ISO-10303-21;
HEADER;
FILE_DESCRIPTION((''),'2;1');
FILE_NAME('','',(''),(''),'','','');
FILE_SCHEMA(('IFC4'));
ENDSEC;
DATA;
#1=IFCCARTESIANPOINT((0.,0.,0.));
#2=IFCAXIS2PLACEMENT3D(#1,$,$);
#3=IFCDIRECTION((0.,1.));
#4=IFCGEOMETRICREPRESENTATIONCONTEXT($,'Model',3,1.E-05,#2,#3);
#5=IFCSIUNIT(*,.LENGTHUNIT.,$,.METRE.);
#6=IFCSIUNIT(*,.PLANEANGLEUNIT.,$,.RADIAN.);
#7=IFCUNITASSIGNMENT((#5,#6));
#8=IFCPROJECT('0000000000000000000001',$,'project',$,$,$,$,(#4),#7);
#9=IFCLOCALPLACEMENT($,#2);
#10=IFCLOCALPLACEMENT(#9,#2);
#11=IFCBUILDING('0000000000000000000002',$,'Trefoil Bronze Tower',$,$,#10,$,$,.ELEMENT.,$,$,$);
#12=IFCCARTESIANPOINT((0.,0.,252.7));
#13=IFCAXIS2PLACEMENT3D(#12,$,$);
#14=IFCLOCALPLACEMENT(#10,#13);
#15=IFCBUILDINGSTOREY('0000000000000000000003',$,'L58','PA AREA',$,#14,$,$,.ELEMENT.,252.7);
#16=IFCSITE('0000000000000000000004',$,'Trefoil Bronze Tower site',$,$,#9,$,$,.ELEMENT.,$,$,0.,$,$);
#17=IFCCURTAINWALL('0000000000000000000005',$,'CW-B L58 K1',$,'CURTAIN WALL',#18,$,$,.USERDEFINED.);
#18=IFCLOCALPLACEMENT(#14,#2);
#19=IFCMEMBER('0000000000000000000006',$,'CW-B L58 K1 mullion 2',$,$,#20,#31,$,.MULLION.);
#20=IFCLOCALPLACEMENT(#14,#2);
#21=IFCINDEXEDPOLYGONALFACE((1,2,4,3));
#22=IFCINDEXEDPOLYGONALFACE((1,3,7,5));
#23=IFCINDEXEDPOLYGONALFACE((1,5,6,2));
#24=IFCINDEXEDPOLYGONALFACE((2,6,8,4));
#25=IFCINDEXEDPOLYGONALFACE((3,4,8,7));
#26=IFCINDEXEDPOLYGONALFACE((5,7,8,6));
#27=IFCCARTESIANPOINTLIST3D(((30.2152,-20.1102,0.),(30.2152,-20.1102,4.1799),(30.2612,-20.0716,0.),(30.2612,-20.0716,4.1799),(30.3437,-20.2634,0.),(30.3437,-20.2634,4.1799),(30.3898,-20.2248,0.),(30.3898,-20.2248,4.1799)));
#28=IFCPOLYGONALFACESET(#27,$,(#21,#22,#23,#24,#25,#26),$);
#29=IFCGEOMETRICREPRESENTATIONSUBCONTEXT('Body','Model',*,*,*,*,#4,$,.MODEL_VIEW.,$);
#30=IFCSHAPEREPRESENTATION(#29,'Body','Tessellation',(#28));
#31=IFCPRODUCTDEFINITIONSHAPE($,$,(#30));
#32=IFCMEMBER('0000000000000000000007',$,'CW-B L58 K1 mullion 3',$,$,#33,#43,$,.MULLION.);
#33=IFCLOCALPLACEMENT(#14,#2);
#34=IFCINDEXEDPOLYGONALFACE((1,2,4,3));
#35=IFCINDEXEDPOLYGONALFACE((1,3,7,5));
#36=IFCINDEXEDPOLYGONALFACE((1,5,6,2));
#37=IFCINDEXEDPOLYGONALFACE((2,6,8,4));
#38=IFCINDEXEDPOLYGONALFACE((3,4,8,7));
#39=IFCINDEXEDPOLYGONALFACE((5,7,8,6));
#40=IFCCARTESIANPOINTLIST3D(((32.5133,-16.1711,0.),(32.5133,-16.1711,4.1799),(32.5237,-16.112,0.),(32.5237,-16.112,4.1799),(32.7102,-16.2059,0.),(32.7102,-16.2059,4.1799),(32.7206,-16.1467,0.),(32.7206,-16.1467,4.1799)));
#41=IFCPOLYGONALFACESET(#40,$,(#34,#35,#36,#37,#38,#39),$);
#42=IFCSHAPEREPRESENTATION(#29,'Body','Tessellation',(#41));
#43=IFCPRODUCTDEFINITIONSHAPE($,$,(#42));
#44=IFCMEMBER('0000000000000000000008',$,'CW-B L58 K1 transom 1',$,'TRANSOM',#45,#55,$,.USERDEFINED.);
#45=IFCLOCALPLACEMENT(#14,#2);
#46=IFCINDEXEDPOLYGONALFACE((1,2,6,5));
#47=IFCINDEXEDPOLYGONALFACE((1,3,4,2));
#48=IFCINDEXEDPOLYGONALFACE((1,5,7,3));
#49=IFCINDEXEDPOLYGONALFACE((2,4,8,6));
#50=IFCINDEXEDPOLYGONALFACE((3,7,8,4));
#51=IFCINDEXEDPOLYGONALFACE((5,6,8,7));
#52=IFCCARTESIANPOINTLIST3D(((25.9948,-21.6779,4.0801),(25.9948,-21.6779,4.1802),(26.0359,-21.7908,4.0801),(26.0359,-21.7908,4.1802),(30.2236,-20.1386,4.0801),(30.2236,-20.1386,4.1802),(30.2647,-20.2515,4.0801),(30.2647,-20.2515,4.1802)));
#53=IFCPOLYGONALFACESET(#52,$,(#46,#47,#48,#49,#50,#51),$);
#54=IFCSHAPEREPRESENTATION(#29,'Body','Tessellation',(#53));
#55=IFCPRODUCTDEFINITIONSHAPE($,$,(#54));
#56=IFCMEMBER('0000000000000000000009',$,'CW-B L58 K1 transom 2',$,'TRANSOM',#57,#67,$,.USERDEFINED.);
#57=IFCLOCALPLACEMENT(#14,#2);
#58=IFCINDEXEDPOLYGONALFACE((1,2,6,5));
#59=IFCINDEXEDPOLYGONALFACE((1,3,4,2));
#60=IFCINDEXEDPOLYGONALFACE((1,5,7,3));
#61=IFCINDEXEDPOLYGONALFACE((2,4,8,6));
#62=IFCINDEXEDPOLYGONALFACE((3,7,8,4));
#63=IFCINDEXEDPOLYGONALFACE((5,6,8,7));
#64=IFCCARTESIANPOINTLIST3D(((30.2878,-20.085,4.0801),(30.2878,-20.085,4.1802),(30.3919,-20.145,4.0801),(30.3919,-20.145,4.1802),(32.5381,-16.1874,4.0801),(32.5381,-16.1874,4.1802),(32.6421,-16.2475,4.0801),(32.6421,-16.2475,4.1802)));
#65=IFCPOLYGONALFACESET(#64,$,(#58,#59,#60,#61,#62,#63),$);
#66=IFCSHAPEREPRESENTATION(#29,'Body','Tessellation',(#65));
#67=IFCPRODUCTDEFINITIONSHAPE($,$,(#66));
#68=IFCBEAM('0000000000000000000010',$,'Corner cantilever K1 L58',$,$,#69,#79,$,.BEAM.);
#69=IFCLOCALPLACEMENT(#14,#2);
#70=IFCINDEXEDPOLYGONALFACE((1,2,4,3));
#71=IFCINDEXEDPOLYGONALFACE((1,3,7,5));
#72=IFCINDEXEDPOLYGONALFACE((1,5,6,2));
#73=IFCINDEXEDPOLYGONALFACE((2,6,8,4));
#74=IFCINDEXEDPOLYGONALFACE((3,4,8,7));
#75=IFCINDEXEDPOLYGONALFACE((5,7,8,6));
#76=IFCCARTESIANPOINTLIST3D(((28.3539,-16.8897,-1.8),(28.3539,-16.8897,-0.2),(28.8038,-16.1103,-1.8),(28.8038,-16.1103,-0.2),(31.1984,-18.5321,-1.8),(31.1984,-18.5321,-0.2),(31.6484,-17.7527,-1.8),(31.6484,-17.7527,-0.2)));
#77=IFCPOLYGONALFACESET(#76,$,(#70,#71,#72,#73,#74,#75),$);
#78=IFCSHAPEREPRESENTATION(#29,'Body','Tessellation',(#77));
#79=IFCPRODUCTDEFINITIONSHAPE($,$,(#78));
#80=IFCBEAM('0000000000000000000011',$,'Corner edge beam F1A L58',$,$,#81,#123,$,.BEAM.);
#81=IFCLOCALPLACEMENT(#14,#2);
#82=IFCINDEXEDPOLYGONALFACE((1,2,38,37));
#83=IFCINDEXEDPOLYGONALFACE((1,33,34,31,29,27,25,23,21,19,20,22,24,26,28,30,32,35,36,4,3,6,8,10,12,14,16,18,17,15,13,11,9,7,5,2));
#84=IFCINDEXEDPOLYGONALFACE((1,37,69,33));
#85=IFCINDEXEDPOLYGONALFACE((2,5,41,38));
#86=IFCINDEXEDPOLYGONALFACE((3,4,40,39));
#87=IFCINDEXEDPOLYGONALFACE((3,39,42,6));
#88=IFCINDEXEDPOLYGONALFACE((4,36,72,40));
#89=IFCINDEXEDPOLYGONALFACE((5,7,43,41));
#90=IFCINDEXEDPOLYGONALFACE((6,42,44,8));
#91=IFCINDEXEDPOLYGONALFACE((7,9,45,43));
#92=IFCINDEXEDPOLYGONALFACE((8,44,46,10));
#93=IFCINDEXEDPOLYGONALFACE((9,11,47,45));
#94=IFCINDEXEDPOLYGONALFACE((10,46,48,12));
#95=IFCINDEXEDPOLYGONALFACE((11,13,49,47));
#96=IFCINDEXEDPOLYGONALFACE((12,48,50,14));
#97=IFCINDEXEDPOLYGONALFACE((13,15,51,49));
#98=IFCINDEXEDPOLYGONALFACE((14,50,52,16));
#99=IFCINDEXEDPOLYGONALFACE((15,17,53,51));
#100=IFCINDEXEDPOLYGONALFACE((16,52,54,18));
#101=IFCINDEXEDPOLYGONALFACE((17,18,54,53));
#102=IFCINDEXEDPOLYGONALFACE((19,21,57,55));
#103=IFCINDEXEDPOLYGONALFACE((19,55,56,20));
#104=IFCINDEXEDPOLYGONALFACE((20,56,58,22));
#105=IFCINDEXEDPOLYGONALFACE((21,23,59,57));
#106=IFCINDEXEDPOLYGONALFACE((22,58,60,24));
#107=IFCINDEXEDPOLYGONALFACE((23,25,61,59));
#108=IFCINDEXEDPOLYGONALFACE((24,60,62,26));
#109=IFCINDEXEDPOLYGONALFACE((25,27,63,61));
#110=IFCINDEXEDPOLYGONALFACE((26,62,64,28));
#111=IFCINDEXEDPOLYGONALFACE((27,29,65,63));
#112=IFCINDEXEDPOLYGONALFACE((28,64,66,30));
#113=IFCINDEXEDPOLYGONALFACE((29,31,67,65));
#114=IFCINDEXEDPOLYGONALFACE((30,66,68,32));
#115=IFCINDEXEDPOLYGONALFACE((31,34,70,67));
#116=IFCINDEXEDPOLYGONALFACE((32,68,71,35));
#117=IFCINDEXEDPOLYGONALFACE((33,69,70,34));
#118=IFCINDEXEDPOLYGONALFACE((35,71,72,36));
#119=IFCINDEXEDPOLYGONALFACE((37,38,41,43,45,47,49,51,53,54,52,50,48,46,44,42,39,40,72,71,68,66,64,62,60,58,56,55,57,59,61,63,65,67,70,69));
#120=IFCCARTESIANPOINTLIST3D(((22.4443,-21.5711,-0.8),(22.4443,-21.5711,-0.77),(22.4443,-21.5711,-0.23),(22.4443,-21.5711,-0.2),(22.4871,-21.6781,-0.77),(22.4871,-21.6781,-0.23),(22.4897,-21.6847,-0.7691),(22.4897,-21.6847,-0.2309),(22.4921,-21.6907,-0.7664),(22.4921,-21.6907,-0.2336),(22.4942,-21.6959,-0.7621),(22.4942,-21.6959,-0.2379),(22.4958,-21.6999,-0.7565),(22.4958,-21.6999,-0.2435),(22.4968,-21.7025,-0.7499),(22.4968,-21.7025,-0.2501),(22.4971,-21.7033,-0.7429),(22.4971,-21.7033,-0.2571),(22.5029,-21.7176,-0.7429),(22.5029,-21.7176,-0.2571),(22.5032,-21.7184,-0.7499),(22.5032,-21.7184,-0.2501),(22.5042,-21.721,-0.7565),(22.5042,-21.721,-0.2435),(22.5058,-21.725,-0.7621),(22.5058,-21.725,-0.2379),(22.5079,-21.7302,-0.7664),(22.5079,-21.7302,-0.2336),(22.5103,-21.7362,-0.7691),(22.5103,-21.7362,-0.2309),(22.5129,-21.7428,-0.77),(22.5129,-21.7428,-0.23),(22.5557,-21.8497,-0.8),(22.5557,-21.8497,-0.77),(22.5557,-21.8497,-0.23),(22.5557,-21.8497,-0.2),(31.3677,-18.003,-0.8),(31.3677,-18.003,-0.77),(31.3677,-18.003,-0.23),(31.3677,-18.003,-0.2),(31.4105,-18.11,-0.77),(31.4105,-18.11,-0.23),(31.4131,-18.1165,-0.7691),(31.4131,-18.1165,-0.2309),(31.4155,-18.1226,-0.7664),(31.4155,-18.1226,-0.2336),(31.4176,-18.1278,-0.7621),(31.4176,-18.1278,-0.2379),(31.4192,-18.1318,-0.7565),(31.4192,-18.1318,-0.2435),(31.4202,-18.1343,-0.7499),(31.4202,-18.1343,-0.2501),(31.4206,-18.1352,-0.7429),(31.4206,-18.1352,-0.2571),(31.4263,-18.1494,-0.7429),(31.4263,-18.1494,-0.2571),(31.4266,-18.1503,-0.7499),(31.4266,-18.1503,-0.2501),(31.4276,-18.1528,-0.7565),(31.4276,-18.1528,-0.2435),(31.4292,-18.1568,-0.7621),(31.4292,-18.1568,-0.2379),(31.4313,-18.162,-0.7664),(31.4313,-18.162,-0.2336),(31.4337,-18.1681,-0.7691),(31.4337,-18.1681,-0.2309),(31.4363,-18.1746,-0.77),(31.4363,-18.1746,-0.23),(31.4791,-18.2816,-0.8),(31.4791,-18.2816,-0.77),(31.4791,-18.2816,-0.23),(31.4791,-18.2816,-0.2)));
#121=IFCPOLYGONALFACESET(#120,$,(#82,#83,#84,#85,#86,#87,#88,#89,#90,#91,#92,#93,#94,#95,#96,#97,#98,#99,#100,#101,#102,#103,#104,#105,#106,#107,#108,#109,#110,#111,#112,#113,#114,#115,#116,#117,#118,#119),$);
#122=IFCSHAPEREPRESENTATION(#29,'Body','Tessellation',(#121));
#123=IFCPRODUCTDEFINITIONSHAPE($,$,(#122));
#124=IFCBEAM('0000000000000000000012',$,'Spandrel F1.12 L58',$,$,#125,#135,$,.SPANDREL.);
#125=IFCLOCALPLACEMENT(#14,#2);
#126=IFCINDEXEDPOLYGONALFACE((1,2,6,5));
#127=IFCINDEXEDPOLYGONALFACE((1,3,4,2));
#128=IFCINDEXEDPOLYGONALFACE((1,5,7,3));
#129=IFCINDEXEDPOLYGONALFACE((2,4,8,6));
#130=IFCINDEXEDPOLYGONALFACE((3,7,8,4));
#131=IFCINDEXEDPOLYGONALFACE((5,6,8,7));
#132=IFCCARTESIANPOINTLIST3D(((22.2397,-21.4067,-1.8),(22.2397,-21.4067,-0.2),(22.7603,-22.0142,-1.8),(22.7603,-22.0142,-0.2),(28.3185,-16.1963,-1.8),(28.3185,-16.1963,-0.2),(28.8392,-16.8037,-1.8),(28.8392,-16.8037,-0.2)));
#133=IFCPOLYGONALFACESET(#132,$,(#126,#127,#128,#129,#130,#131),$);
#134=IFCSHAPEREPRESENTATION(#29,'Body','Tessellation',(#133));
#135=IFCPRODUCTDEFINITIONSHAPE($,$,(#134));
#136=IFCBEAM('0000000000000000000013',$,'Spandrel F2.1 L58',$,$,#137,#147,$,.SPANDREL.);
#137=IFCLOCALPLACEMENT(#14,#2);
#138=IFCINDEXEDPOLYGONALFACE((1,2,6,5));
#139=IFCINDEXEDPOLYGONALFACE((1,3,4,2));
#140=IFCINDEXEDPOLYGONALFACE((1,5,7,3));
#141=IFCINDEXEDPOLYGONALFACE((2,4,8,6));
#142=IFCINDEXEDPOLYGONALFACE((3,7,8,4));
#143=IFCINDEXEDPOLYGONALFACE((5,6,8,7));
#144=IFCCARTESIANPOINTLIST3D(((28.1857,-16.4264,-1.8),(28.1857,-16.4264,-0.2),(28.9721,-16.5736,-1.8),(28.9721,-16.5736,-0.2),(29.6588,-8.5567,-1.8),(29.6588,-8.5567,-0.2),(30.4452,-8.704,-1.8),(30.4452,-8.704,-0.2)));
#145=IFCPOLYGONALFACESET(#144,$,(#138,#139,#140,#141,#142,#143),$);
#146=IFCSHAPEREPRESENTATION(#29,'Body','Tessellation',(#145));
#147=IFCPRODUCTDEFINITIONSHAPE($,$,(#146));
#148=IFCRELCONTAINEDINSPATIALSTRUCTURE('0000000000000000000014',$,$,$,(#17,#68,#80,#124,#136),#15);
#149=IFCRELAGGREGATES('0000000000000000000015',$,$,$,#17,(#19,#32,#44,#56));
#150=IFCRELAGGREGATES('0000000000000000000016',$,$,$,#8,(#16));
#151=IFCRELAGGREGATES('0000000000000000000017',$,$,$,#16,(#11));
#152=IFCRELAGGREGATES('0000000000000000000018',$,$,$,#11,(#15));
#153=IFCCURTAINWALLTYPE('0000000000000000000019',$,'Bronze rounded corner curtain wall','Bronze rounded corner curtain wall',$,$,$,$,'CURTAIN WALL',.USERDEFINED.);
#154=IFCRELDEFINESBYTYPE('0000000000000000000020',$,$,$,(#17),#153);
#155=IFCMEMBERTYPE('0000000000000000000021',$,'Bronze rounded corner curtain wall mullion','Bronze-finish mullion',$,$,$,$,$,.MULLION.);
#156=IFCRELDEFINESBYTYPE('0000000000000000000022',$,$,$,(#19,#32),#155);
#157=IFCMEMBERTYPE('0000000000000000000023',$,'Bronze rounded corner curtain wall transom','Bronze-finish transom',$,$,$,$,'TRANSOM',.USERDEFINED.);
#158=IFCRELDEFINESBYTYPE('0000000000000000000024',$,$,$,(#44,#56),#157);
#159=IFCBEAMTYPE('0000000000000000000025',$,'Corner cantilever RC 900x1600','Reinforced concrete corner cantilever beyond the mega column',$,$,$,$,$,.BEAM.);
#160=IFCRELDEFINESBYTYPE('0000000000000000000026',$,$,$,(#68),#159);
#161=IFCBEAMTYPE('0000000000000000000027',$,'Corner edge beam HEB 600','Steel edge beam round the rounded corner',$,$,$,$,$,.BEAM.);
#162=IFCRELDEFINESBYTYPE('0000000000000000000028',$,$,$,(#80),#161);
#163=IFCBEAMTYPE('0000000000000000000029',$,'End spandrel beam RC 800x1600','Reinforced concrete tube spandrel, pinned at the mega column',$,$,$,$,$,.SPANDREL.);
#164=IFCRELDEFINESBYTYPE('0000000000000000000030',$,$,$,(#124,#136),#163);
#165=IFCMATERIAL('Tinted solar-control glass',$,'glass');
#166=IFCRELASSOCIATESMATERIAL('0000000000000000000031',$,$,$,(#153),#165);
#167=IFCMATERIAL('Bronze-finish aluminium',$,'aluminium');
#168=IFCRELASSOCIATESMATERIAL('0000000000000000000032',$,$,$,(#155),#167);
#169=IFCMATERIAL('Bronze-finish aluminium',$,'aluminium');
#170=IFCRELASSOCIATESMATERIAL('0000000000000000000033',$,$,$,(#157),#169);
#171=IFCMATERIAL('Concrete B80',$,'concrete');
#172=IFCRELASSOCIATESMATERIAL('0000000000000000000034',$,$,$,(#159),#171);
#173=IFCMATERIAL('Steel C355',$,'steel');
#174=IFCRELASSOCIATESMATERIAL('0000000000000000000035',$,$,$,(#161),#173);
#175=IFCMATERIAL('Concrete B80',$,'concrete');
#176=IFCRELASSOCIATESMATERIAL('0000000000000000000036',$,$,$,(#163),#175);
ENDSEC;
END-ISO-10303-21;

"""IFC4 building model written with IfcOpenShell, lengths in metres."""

from ifc_helpers import new_model, si_unit, direction, frame, origin, origin_2d, place, context, subcontext, project, spatial, rectangle, i_section, extrude, material, material_profile, profile_set, type_object, element, aggregate, save


model = new_model("IFC4")

# Units and contexts
model_context = context("Model", 3, precision=1e-05, world=origin(), true_north=direction((0.0, 1.0)))
body_context = subcontext(model_context, "Body", "Model", "MODEL_VIEW")
ifc_project = project(units=[si_unit("LENGTHUNIT", "METRE"), si_unit("PLANEANGLEUNIT", "RADIAN")], contexts=[model_context])

# Site, building, storey
site_placement = place(None, origin())
site = spatial("IfcSite", under=ifc_project, at=site_placement, Name="Trefoil Bronze Tower site", CompositionType="ELEMENT", RefElevation=0.0)
building_placement = place(site_placement, origin())
building = spatial("IfcBuilding", under=site, at=building_placement, Name="Trefoil Bronze Tower", CompositionType="ELEMENT")
storey_placement = place(building_placement, frame((0.0, 0.0, 252.7)))
storey = spatial("IfcBuildingStorey", under=building, at=storey_placement, Name="L58", Description="PA AREA", CompositionType="ELEMENT", Elevation=252.7)

# Curtain wall, members
ifc_material_1 = material(Name="Tinted solar-control glass", Category="glass")
curtain_wall_type_1 = type_object("IfcCurtainWallType", Name="Bronze rounded corner curtain wall", Description="Bronze rounded corner curtain wall", ElementType="CURTAIN WALL", PredefinedType="USERDEFINED", material=ifc_material_1)
curtain_wall_1_placement = place(storey_placement, origin())
curtain_wall_1 = element("IfcCurtainWall", 1, at=curtain_wall_1_placement, inside=storey, type_object=curtain_wall_type_1, Name="CW-B L58 K1", ObjectType="CURTAIN WALL", PredefinedType="USERDEFINED")
ifc_material_2 = material(Name="Bronze-finish aluminium", Category="aluminium")
ifc_material_profile_1 = material_profile(ifc_material_2, rectangle(XDim=0.2, YDim=0.0601, at=origin_2d()), Name="CW-B mullion")
ifc_profile_set_1 = profile_set([ifc_material_profile_1], Name="Bronze-finish aluminium")
member_type_1 = type_object("IfcMemberType", Name="Bronze rounded corner curtain wall mullion", Description="Bronze-finish mullion", PredefinedType="MULLION", material=ifc_profile_set_1)
member_1_placement = place(storey_placement, frame((30.3025, -20.1675, 0.0), z_axis=(0.0, 0.0, 1.0), x_axis=(-0.642788, 0.766044, 0.0)))
member_1 = element("IfcMember", 2, at=member_1_placement, type_object=member_type_1, Name="CW-B L58 K1 mullion 2", PredefinedType="MULLION", context=body_context, shape_type="SweptSolid", body=[
    extrude(rectangle(XDim=0.2, YDim=0.0601, at=origin_2d()), origin(), (0.0, 0.0, 1.0), 4.1799),
])
member_2_placement = place(storey_placement, frame((32.6169, -16.1589, 0.0), z_axis=(0.0, 0.0, 1.0), x_axis=(-0.984808, 0.173648, 0.0)))
member_2 = element("IfcMember", 3, at=member_2_placement, type_object=member_type_1, Name="CW-B L58 K1 mullion 3", PredefinedType="MULLION", context=body_context, shape_type="SweptSolid", body=[
    extrude(rectangle(XDim=0.2, YDim=0.0601, at=origin_2d()), origin(), (0.0, 0.0, 1.0), 4.1799),
])
ifc_material_3 = material(Name="Bronze-finish aluminium", Category="aluminium")
ifc_material_profile_2 = material_profile(ifc_material_3, rectangle(XDim=0.1201, YDim=0.1001, at=origin_2d()), Name="CW-B transom")
ifc_profile_set_2 = profile_set([ifc_material_profile_2], Name="Bronze-finish aluminium")
member_type_2 = type_object("IfcMemberType", Name="Bronze rounded corner curtain wall transom", Description="Bronze-finish transom", ElementType="TRANSOM", PredefinedType="USERDEFINED", material=ifc_profile_set_2)
member_3_placement = place(storey_placement, frame((26.0154, -21.7344, 4.1301), z_axis=(0.939681, 0.342052, 0.0), x_axis=(-0.342052, 0.939681, 0.0)))
member_3 = element("IfcMember", 4, at=member_3_placement, type_object=member_type_2, Name="CW-B L58 K1 transom 1", ObjectType="TRANSOM", PredefinedType="USERDEFINED", context=body_context, shape_type="SweptSolid", body=[
    extrude(rectangle(XDim=0.1201, YDim=0.1001, at=origin_2d()), origin(), (0.0, 0.0, 1.0), 4.5002),
])
member_4_placement = place(storey_placement, frame((30.3398, -20.115, 4.1301), z_axis=(0.500007, 0.866021, 0.0), x_axis=(-0.866021, 0.500007, 0.0)))
member_4 = element("IfcMember", 5, at=member_4_placement, type_object=member_type_2, Name="CW-B L58 K1 transom 2", ObjectType="TRANSOM", PredefinedType="USERDEFINED", context=body_context, shape_type="SweptSolid", body=[
    extrude(rectangle(XDim=0.1201, YDim=0.1001, at=origin_2d()), origin(), (0.0, 0.0, 1.0), 4.5005),
])

# Beams
ifc_material_4 = material(Name="Concrete B80", Category="concrete")
ifc_material_profile_3 = material_profile(ifc_material_4, rectangle(XDim=0.8999, YDim=1.6001, at=origin_2d()), Name="RC 900x1600")
ifc_profile_set_3 = profile_set([ifc_material_profile_3], Name="Concrete B80")
beam_type_1 = type_object("IfcBeamType", Name="Corner cantilever RC 900x1600", Description="Reinforced concrete corner cantilever beyond the mega column", PredefinedType="BEAM", material=ifc_profile_set_3)
beam_1_placement = place(storey_placement, frame((28.5789, -16.5, -1.0), z_axis=(0.866016, -0.500016, 0.0), x_axis=(0.500016, 0.866016, 0.0)))
element("IfcBeam", 6, at=beam_1_placement, inside=storey, type_object=beam_type_1, Name="Corner cantilever K1 L58", PredefinedType="BEAM", context=body_context, shape_type="SweptSolid", body=[
    extrude(rectangle(XDim=0.8999, YDim=1.6001, at=origin_2d()), origin(), (0.0, 0.0, 1.0), 3.2847),
])
ifc_material_5 = material(Name="Steel C355", Category="steel")
ifc_material_profile_4 = material_profile(ifc_material_5, i_section(OverallWidth=0.3, OverallDepth=0.6001, WebThickness=0.0154, FlangeThickness=0.03, FilletRadius=0.0271, at=origin_2d()), Name="HEB 600")
ifc_profile_set_4 = profile_set([ifc_material_profile_4], Name="Steel C355")
beam_type_2 = type_object("IfcBeamType", Name="Corner edge beam HEB 600", Description="Steel edge beam round the rounded corner", PredefinedType="BEAM", material=ifc_profile_set_4)
beam_2_placement = place(storey_placement, frame((22.5, -21.7104, -0.5), z_axis=(0.92852, 0.371281, 0.0), x_axis=(-0.371281, 0.92852, 0.0)))
element("IfcBeam", 7, at=beam_2_placement, inside=storey, type_object=beam_type_2, Name="Corner edge beam F1A L58", PredefinedType="BEAM", context=body_context, shape_type="SweptSolid", body=[
    extrude(i_section(OverallWidth=0.3, OverallDepth=0.6001, WebThickness=0.0154, FlangeThickness=0.03, FilletRadius=0.0271, at=origin_2d()), origin(), (0.0, 0.0, 1.0), 9.6104),
])
ifc_material_6 = material(Name="Concrete B80", Category="concrete")
ifc_material_profile_5 = material_profile(ifc_material_6, rectangle(XDim=0.8, YDim=1.6001, at=origin_2d()), Name="RC 800x1600")
ifc_profile_set_5 = profile_set([ifc_material_profile_5], Name="Concrete B80")
beam_type_3 = type_object("IfcBeamType", Name="End spandrel beam RC 800x1600", Description="Reinforced concrete tube spandrel, pinned at the mega column", PredefinedType="SPANDREL", material=ifc_profile_set_5)
for number, where, z_axis, x_axis, name in (
    (8, (22.5, -21.7104, -1.0), (0.759257, 0.650791, 0.0), (-0.650791, 0.759257, 0.0), "Spandrel F1.12 L58"),
    (9, (28.5789, -16.5, -1.0), (0.183998, 0.982927, 0.0), (-0.982927, 0.183998, 0.0), "Spandrel F2.1 L58"),
):
    element("IfcBeam", number, at=place(storey_placement, frame(where, z_axis=z_axis, x_axis=x_axis)), inside=storey, type_object=beam_type_3, Name=name, PredefinedType="SPANDREL", context=body_context, shape_type="SweptSolid", body=[
        extrude(rectangle(XDim=0.8, YDim=1.6001, at=origin_2d()), origin(), (0.0, 0.0, 1.0), 8.0063),
    ])

aggregate(curtain_wall_1, [member_1, member_2, member_3, member_4])

save(model, "model.ifc")
